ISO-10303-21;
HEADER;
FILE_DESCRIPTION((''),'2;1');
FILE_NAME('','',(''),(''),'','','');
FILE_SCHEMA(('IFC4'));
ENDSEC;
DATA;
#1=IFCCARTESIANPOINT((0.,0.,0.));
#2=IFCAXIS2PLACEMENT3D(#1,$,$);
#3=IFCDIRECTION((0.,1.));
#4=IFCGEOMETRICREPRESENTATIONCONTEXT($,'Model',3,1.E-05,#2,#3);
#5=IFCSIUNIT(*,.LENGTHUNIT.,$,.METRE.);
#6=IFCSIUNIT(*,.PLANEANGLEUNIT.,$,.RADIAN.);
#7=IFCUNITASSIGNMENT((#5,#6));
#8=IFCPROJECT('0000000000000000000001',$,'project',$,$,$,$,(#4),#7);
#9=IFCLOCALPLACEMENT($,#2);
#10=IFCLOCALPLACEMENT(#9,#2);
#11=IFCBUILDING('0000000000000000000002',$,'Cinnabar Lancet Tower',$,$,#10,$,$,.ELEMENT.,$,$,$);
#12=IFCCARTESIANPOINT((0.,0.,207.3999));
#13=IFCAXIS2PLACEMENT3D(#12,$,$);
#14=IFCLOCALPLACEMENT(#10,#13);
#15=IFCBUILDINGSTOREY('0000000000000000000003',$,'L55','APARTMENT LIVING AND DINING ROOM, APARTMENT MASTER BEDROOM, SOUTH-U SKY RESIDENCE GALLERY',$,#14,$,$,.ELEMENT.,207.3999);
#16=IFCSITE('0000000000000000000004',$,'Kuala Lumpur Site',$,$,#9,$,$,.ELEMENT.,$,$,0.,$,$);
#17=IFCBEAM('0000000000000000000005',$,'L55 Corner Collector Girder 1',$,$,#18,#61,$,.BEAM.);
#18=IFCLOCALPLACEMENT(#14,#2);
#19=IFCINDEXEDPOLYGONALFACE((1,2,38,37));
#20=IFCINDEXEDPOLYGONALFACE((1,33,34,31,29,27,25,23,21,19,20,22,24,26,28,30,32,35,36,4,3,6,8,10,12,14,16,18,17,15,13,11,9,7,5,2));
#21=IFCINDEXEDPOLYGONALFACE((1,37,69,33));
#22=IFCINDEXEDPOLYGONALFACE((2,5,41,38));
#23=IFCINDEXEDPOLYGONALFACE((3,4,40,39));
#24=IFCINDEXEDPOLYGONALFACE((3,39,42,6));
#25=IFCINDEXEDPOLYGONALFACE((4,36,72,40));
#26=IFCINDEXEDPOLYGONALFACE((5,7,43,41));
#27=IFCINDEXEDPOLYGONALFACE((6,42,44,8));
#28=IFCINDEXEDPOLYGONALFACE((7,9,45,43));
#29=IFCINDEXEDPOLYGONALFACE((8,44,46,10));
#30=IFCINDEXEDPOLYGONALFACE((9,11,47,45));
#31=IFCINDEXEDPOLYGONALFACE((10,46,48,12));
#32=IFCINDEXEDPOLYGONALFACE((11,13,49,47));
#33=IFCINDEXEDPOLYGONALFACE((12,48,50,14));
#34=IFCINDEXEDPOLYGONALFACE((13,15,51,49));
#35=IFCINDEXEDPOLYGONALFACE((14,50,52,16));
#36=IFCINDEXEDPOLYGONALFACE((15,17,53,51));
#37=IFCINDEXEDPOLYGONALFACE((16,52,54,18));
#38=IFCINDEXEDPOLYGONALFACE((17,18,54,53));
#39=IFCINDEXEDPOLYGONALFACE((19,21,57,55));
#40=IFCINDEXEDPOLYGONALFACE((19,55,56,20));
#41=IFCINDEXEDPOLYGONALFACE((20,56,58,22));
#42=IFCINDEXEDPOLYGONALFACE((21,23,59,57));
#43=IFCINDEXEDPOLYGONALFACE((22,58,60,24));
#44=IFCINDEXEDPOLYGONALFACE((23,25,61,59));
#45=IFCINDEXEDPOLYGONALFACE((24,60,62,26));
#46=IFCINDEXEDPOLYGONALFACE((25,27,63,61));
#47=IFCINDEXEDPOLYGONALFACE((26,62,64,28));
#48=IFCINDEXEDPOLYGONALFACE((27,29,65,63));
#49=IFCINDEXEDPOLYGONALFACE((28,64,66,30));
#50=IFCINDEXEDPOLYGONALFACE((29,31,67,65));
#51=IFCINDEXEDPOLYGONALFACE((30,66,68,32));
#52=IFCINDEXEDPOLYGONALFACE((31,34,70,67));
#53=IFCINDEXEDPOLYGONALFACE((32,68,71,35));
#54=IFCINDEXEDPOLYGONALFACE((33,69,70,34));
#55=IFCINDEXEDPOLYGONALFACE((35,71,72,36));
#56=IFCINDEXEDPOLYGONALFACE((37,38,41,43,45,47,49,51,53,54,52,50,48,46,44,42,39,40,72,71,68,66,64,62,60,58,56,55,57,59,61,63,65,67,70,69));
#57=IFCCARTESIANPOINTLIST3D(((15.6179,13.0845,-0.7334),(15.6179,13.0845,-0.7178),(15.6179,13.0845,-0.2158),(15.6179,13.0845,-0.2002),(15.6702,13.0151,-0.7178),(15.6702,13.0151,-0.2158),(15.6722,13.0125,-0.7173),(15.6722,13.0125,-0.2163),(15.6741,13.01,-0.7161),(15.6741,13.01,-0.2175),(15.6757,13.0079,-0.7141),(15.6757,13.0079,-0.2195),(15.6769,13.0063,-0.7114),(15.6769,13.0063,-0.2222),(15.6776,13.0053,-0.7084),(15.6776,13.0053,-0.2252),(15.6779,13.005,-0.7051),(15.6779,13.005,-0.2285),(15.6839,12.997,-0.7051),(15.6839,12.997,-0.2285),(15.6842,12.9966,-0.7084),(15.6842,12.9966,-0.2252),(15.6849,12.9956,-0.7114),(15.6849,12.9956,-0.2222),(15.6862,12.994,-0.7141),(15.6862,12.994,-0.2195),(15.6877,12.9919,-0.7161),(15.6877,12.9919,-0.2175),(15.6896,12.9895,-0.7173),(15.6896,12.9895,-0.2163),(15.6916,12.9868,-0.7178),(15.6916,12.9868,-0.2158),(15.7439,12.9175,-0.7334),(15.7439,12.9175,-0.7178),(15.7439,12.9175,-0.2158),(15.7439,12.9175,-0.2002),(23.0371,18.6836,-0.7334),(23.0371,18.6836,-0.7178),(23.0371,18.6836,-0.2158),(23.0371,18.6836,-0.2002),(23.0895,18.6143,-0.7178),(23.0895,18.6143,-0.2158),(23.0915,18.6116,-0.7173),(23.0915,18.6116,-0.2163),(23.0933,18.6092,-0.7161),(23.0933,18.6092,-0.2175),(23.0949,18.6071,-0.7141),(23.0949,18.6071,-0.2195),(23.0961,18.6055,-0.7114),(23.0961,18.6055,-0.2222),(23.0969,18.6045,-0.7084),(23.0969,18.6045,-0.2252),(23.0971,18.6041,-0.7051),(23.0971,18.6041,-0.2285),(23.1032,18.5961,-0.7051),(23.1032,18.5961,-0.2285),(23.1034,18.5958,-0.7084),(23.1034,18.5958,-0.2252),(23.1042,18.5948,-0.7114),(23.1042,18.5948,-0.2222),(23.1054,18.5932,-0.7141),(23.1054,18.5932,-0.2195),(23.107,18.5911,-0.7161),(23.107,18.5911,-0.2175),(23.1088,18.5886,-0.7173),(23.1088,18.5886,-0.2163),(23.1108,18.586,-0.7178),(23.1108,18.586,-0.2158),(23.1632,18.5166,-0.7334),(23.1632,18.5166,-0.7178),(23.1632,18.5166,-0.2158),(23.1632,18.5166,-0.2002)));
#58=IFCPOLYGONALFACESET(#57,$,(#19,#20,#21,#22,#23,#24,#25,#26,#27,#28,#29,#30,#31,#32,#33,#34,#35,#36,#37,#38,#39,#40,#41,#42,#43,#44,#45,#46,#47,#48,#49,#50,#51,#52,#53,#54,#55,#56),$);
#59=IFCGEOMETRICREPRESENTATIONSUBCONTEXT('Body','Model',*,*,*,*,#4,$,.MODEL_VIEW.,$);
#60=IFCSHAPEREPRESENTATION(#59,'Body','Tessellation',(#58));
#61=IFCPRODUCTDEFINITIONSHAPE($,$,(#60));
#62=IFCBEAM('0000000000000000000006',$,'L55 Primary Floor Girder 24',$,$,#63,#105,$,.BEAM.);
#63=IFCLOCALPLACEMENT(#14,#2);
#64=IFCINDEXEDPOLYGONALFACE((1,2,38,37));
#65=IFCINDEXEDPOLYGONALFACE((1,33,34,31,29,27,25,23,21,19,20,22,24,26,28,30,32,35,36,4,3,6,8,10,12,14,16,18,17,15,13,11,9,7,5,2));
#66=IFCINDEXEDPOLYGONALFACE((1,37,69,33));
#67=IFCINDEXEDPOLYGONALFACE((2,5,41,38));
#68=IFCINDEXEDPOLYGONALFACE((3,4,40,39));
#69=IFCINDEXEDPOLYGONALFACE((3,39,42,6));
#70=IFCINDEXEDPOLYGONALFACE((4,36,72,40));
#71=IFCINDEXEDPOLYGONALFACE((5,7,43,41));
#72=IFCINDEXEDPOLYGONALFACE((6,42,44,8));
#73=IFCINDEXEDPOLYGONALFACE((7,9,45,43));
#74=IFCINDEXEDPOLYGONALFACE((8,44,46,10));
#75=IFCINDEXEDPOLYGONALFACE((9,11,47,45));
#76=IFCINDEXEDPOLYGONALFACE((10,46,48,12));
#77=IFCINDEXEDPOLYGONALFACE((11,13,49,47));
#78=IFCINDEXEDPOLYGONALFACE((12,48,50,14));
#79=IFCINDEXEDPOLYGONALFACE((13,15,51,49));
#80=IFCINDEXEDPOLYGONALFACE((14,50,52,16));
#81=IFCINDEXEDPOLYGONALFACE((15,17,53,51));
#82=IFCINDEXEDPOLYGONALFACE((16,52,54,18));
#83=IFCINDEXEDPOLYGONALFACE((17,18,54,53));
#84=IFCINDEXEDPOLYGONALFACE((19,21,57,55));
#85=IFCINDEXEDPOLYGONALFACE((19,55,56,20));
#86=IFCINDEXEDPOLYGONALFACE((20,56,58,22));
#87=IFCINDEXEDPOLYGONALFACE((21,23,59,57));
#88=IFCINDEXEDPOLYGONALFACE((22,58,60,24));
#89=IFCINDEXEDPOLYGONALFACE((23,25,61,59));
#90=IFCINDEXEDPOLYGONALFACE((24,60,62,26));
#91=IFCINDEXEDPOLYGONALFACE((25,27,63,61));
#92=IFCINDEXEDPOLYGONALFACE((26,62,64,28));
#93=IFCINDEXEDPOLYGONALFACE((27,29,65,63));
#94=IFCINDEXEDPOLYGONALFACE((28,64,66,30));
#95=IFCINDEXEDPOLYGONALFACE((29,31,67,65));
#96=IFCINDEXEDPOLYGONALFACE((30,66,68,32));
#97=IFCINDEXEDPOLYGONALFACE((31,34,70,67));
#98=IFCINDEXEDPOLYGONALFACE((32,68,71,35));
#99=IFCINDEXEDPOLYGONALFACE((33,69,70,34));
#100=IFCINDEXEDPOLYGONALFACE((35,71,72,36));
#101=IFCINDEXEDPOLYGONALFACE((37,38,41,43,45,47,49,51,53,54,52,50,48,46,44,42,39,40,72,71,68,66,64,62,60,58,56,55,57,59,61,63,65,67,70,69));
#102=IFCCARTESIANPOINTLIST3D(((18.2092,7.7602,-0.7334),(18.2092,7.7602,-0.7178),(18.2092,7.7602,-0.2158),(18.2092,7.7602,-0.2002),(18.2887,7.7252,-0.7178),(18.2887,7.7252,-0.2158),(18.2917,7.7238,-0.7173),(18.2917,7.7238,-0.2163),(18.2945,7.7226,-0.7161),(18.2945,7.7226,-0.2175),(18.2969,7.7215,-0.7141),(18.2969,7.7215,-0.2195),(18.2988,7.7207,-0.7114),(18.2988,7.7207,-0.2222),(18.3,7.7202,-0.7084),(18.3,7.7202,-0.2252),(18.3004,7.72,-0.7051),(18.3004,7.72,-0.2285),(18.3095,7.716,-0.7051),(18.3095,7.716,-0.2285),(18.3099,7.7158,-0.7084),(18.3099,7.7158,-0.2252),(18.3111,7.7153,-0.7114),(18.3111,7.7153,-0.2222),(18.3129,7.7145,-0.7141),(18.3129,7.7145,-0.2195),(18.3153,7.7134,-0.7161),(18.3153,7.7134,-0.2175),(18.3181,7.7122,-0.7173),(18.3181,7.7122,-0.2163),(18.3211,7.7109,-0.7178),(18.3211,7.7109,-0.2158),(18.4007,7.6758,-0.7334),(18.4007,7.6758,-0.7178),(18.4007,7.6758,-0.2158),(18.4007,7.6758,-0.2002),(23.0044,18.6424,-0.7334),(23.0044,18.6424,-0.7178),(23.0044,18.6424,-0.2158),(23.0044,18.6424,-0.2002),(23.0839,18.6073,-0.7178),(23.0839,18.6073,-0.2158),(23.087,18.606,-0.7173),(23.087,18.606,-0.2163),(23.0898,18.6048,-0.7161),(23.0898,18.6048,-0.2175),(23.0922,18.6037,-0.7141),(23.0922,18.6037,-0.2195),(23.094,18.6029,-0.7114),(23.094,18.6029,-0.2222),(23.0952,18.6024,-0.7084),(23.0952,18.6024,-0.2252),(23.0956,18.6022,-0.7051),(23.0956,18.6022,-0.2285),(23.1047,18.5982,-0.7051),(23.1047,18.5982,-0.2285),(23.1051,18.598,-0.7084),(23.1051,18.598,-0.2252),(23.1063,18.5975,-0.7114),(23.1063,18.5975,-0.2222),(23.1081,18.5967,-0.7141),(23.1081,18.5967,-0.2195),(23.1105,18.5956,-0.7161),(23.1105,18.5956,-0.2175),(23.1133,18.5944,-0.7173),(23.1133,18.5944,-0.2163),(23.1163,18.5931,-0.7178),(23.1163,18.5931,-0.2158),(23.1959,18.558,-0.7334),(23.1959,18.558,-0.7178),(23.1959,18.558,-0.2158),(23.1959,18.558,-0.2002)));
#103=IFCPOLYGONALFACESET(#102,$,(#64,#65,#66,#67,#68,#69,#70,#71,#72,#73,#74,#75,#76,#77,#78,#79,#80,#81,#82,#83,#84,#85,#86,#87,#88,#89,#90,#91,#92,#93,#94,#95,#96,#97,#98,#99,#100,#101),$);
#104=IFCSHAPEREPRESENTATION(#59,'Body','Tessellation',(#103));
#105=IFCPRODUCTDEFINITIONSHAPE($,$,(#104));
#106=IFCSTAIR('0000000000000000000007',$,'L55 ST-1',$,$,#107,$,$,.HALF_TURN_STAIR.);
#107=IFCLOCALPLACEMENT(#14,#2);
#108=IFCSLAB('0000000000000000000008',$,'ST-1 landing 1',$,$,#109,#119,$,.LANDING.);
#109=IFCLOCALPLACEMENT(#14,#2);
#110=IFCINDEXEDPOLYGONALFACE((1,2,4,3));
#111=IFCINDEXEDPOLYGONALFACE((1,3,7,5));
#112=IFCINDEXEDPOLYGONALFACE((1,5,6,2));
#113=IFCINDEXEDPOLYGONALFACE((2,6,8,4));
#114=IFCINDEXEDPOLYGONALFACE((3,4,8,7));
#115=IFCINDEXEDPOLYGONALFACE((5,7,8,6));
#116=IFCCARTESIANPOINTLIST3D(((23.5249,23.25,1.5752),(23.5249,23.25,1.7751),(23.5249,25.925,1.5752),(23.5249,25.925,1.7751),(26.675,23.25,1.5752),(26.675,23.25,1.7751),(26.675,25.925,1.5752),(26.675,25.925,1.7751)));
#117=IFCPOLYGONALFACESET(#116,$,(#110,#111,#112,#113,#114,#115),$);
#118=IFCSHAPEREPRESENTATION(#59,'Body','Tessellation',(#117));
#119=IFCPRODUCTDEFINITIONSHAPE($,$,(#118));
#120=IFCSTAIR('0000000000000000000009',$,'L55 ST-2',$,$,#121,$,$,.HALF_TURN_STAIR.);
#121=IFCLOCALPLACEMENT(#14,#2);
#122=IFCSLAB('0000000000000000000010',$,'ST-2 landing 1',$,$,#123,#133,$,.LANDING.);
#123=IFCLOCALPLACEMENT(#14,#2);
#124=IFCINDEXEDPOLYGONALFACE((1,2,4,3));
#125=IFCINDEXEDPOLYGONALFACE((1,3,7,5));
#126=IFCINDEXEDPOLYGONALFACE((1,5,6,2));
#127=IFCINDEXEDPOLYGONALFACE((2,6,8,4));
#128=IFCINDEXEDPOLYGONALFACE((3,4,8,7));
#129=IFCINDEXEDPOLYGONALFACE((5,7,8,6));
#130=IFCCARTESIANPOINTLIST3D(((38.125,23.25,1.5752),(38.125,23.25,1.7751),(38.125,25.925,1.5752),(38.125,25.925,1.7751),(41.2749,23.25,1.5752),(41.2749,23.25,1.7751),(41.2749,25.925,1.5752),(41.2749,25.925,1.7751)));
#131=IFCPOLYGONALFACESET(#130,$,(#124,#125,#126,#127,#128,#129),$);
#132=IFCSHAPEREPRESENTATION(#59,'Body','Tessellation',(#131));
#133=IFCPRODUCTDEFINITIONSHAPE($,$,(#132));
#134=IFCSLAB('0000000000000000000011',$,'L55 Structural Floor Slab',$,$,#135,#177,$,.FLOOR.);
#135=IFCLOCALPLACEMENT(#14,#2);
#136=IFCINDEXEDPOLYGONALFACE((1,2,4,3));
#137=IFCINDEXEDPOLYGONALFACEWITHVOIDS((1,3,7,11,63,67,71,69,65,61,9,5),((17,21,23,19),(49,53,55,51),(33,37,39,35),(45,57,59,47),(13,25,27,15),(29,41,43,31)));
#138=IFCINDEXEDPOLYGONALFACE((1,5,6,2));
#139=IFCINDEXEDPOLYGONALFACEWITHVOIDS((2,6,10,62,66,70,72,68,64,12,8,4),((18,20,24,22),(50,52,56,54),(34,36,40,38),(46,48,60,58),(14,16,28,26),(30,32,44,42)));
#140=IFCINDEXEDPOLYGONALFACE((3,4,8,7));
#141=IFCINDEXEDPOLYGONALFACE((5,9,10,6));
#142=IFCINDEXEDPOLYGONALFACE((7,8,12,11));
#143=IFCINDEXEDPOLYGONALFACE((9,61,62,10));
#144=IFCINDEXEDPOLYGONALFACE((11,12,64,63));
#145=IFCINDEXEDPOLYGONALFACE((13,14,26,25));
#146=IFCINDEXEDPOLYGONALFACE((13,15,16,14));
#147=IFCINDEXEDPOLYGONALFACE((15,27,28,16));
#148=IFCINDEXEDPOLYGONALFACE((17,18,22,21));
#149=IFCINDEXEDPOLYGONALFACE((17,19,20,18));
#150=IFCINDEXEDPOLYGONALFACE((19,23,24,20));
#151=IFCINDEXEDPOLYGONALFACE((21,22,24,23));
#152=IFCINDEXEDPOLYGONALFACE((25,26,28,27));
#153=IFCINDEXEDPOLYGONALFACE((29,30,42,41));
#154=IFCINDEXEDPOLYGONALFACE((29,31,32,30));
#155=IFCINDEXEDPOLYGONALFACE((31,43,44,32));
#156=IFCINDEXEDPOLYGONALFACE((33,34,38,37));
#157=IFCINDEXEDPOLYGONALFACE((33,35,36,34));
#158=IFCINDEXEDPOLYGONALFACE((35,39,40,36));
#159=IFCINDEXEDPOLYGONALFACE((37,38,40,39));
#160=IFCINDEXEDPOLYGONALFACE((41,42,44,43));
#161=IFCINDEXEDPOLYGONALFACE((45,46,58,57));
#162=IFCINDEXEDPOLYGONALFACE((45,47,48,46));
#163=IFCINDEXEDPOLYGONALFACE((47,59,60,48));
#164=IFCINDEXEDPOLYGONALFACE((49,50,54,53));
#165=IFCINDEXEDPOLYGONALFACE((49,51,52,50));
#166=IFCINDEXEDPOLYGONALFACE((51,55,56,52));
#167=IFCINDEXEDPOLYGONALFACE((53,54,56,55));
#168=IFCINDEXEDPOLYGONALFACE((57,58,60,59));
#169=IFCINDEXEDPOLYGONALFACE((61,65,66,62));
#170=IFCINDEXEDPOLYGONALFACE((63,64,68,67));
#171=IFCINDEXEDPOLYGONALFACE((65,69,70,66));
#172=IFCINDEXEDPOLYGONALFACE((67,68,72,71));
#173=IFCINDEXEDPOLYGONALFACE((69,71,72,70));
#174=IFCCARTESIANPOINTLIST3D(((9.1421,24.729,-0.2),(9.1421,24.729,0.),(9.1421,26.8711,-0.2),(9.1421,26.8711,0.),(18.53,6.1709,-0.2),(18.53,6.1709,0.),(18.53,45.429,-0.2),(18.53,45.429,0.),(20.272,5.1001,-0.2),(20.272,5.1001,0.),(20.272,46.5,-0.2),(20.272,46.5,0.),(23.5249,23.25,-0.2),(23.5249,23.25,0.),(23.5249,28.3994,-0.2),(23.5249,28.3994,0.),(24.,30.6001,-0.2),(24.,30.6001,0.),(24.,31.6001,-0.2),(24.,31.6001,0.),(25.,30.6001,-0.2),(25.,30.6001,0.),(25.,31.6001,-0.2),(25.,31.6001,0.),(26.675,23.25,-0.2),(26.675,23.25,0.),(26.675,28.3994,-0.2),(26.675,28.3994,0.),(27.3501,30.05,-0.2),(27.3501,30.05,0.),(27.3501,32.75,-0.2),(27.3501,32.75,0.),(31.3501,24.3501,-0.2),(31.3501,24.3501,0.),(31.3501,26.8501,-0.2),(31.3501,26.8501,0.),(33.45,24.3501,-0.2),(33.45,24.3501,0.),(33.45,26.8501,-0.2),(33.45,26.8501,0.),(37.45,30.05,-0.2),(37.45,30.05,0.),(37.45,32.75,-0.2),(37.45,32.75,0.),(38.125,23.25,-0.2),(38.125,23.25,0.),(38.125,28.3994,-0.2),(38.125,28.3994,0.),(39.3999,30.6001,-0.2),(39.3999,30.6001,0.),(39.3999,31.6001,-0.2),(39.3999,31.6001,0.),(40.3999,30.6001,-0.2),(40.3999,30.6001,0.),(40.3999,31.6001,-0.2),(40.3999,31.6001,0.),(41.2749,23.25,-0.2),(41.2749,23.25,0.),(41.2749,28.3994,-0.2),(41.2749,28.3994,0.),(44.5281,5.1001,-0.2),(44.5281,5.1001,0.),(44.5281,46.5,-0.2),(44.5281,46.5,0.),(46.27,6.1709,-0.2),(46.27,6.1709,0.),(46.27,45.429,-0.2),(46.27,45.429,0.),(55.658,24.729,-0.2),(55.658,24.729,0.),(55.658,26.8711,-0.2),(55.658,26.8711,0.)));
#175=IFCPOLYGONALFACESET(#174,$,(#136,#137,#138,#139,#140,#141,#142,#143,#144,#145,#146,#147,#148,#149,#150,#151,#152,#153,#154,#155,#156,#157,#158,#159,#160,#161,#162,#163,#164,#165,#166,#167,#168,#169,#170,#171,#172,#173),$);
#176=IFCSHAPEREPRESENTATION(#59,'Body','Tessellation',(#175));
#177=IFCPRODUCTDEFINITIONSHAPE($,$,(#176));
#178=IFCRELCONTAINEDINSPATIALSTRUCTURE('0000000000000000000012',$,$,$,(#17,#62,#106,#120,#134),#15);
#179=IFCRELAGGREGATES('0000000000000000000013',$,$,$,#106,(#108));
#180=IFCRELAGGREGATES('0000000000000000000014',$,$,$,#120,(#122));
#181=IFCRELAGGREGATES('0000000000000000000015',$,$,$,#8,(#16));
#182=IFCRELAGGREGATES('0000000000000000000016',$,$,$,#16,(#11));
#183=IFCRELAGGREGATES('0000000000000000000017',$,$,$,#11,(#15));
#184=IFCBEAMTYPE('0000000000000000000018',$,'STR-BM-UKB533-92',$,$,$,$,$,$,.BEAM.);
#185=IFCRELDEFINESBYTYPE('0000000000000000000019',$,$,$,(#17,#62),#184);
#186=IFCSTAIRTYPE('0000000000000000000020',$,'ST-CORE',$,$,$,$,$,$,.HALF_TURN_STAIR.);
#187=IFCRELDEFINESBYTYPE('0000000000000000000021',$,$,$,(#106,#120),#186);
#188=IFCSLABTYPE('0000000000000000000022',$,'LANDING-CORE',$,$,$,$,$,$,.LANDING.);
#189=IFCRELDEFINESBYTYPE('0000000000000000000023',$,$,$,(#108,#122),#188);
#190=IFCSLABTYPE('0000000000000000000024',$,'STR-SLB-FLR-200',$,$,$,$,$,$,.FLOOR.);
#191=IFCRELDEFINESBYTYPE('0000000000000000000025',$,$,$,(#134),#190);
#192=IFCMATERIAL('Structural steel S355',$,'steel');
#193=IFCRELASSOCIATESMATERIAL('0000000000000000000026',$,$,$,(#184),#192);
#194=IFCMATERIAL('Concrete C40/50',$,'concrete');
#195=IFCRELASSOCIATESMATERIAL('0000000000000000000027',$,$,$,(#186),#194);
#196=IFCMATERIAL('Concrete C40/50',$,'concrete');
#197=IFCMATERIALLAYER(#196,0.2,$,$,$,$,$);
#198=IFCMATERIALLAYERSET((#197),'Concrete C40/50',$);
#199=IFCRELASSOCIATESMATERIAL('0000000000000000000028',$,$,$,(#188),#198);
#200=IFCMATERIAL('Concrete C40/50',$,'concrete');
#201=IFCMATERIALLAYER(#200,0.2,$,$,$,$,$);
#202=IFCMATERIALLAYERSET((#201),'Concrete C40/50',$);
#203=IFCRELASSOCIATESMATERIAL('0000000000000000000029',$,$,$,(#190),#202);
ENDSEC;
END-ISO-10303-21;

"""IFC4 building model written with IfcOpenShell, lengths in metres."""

from ifc_helpers import new_model, si_unit, direction, frame, origin, origin_2d, place, context, subcontext, project, spatial, polyline, i_section, outline, extrude, material, layer, layer_set, material_profile, profile_set, type_object, element, aggregate, save


model = new_model("IFC4")

# Units and contexts
model_context = context("Model", 3, precision=1e-05, world=origin(), true_north=direction((0.0, 1.0)))
body_context = subcontext(model_context, "Body", "Model", "MODEL_VIEW")
ifc_project = project(units=[si_unit("LENGTHUNIT", "METRE"), si_unit("PLANEANGLEUNIT", "RADIAN")], contexts=[model_context])

# Site, building, storey
site_placement = place(None, origin())
site = spatial("IfcSite", under=ifc_project, at=site_placement, Name="Kuala Lumpur Site", CompositionType="ELEMENT", RefElevation=0.0)
building_placement = place(site_placement, origin())
building = spatial("IfcBuilding", under=site, at=building_placement, Name="Cinnabar Lancet Tower", CompositionType="ELEMENT")
storey_placement = place(building_placement, frame((0.0, 0.0, 207.3999)))
storey = spatial("IfcBuildingStorey", under=building, at=storey_placement, Name="L55", Description="APARTMENT LIVING AND DINING ROOM, APARTMENT MASTER BEDROOM, SOUTH-U SKY RESIDENCE GALLERY", CompositionType="ELEMENT", Elevation=207.3999)

# Beams
ifc_material_1 = material(Name="Structural steel S355", Category="steel")
ifc_material_profile_1 = material_profile(ifc_material_1, i_section(OverallWidth=0.2092, OverallDepth=0.5332, WebThickness=0.01, FlangeThickness=0.0156, FilletRadius=0.0127, at=origin_2d()), Name="UKB 533x210x92")
ifc_profile_set_1 = profile_set([ifc_material_profile_1], Name="Structural steel S355")
beam_type_1 = type_object("IfcBeamType", Name="STR-BM-UKB533-92", PredefinedType="BEAM", material=ifc_profile_set_1)
beam_1_placement = place(storey_placement, frame((15.6809, 13.001, -0.4668), z_axis=(0.798203, 0.602389, 0.0), x_axis=(-0.602389, 0.798203, 0.0)))
element("IfcBeam", 1, at=beam_1_placement, inside=storey, type_object=beam_type_1, Name="L55 Corner Collector Girder 1", PredefinedType="BEAM", context=body_context, shape_type="SweptSolid", body=[
    extrude(i_section(OverallWidth=0.2092, OverallDepth=0.5332, WebThickness=0.01, FlangeThickness=0.0156, FilletRadius=0.0127, at=origin_2d()), origin(), (0.0, 0.0, 1.0), 9.2949),
])
beam_2_placement = place(storey_placement, frame((18.3049, 7.718, -0.4668), z_axis=(0.403235, 0.915096, 0.0), x_axis=(-0.915096, 0.403235, 0.0)))
element("IfcBeam", 2, at=beam_2_placement, inside=storey, type_object=beam_type_1, Name="L55 Primary Floor Girder 24", PredefinedType="BEAM", context=body_context, shape_type="SweptSolid", body=[
    extrude(i_section(OverallWidth=0.2092, OverallDepth=0.5332, WebThickness=0.01, FlangeThickness=0.0156, FilletRadius=0.0127, at=origin_2d()), origin(), (0.0, 0.0, 1.0), 11.8918),
])

# Stairs, slabs
ifc_material_2 = material(Name="Concrete C40/50", Category="concrete")
stair_type = type_object("IfcStairType", Name="ST-CORE", PredefinedType="HALF_TURN_STAIR", material=ifc_material_2)
stair_1_placement = place(storey_placement, origin())
stair_1 = element("IfcStair", 3, at=stair_1_placement, inside=storey, type_object=stair_type, Name="L55 ST-1", PredefinedType="HALF_TURN_STAIR")
ifc_material_3 = material(Name="Concrete C40/50", Category="concrete")
ifc_layer_1 = layer(ifc_material_3, 0.2)
ifc_layer_set_1 = layer_set([ifc_layer_1], Name="Concrete C40/50")
slab_type_1 = type_object("IfcSlabType", Name="LANDING-CORE", PredefinedType="LANDING", material=ifc_layer_set_1)
slab_1_placement = place(storey_placement, frame((0.0, 0.0, 1.5752)))
slab_1 = element("IfcSlab", 4, at=slab_1_placement, type_object=slab_type_1, Name="ST-1 landing 1", PredefinedType="LANDING", context=body_context, shape_type="SweptSolid", body=[
    extrude(outline(polyline([(23.5249, 25.925), (23.5249, 23.25), (26.675, 23.25), (26.675, 25.925), (23.5249, 25.925)])), origin(), (0.0, 0.0, 1.0), 0.2),
])
aggregate(stair_1, [slab_1])
stair_2_placement = place(storey_placement, origin())
stair_2 = element("IfcStair", 5, at=stair_2_placement, inside=storey, type_object=stair_type, Name="L55 ST-2", PredefinedType="HALF_TURN_STAIR")
slab_2_placement = place(storey_placement, frame((0.0, 0.0, 1.5752)))
slab_2 = element("IfcSlab", 6, at=slab_2_placement, type_object=slab_type_1, Name="ST-2 landing 1", PredefinedType="LANDING", context=body_context, shape_type="SweptSolid", body=[
    extrude(outline(polyline([(38.125, 25.925), (38.125, 23.25), (41.2749, 23.25), (41.2749, 25.925), (38.125, 25.925)])), origin(), (0.0, 0.0, 1.0), 0.2),
])
aggregate(stair_2, [slab_2])

# Slab
ifc_material_4 = material(Name="Concrete C40/50", Category="concrete")
ifc_layer_2 = layer(ifc_material_4, 0.2)
ifc_layer_set_2 = layer_set([ifc_layer_2], Name="Concrete C40/50")
slab_type_2 = type_object("IfcSlabType", Name="STR-SLB-FLR-200", PredefinedType="FLOOR", material=ifc_layer_set_2)
slab_3_placement = place(storey_placement, frame((0.0, 0.0, -0.2)))
element("IfcSlab", 7, at=slab_3_placement, inside=storey, type_object=slab_type_2, Name="L55 Structural Floor Slab", PredefinedType="FLOOR", context=body_context, shape_type="SweptSolid", body=[
    extrude(outline(polyline([(18.53, 6.1709), (20.272, 5.1001), (44.5281, 5.1001), (46.27, 6.1709), (55.658, 24.729), (55.658, 26.8711), (46.27, 45.429), (44.5281, 46.5), (20.272, 46.5), (18.53, 45.429), (9.1421, 26.8711), (9.1421, 24.729), (18.53, 6.1709)]), holes=[polyline([(23.5249, 23.25), (26.675, 23.25), (26.675, 28.3994), (23.5249, 28.3994), (23.5249, 23.25)]), polyline([(38.125, 23.25), (41.2749, 23.25), (41.2749, 28.3994), (38.125, 28.3994), (38.125, 23.25)]), polyline([(27.3501, 30.05), (37.45, 30.05), (37.45, 32.75), (27.3501, 32.75), (27.3501, 30.05)]), polyline([(31.3501, 24.3501), (33.45, 24.3501), (33.45, 26.8501), (31.3501, 26.8501), (31.3501, 24.3501)]), polyline([(24.0, 30.6001), (25.0, 30.6001), (25.0, 31.6001), (24.0, 31.6001), (24.0, 30.6001)]), polyline([(39.3999, 30.6001), (40.3999, 30.6001), (40.3999, 31.6001), (39.3999, 31.6001), (39.3999, 30.6001)])]), origin(), (0.0, 0.0, 1.0), 0.2),
])

save(model, "model.ifc")
